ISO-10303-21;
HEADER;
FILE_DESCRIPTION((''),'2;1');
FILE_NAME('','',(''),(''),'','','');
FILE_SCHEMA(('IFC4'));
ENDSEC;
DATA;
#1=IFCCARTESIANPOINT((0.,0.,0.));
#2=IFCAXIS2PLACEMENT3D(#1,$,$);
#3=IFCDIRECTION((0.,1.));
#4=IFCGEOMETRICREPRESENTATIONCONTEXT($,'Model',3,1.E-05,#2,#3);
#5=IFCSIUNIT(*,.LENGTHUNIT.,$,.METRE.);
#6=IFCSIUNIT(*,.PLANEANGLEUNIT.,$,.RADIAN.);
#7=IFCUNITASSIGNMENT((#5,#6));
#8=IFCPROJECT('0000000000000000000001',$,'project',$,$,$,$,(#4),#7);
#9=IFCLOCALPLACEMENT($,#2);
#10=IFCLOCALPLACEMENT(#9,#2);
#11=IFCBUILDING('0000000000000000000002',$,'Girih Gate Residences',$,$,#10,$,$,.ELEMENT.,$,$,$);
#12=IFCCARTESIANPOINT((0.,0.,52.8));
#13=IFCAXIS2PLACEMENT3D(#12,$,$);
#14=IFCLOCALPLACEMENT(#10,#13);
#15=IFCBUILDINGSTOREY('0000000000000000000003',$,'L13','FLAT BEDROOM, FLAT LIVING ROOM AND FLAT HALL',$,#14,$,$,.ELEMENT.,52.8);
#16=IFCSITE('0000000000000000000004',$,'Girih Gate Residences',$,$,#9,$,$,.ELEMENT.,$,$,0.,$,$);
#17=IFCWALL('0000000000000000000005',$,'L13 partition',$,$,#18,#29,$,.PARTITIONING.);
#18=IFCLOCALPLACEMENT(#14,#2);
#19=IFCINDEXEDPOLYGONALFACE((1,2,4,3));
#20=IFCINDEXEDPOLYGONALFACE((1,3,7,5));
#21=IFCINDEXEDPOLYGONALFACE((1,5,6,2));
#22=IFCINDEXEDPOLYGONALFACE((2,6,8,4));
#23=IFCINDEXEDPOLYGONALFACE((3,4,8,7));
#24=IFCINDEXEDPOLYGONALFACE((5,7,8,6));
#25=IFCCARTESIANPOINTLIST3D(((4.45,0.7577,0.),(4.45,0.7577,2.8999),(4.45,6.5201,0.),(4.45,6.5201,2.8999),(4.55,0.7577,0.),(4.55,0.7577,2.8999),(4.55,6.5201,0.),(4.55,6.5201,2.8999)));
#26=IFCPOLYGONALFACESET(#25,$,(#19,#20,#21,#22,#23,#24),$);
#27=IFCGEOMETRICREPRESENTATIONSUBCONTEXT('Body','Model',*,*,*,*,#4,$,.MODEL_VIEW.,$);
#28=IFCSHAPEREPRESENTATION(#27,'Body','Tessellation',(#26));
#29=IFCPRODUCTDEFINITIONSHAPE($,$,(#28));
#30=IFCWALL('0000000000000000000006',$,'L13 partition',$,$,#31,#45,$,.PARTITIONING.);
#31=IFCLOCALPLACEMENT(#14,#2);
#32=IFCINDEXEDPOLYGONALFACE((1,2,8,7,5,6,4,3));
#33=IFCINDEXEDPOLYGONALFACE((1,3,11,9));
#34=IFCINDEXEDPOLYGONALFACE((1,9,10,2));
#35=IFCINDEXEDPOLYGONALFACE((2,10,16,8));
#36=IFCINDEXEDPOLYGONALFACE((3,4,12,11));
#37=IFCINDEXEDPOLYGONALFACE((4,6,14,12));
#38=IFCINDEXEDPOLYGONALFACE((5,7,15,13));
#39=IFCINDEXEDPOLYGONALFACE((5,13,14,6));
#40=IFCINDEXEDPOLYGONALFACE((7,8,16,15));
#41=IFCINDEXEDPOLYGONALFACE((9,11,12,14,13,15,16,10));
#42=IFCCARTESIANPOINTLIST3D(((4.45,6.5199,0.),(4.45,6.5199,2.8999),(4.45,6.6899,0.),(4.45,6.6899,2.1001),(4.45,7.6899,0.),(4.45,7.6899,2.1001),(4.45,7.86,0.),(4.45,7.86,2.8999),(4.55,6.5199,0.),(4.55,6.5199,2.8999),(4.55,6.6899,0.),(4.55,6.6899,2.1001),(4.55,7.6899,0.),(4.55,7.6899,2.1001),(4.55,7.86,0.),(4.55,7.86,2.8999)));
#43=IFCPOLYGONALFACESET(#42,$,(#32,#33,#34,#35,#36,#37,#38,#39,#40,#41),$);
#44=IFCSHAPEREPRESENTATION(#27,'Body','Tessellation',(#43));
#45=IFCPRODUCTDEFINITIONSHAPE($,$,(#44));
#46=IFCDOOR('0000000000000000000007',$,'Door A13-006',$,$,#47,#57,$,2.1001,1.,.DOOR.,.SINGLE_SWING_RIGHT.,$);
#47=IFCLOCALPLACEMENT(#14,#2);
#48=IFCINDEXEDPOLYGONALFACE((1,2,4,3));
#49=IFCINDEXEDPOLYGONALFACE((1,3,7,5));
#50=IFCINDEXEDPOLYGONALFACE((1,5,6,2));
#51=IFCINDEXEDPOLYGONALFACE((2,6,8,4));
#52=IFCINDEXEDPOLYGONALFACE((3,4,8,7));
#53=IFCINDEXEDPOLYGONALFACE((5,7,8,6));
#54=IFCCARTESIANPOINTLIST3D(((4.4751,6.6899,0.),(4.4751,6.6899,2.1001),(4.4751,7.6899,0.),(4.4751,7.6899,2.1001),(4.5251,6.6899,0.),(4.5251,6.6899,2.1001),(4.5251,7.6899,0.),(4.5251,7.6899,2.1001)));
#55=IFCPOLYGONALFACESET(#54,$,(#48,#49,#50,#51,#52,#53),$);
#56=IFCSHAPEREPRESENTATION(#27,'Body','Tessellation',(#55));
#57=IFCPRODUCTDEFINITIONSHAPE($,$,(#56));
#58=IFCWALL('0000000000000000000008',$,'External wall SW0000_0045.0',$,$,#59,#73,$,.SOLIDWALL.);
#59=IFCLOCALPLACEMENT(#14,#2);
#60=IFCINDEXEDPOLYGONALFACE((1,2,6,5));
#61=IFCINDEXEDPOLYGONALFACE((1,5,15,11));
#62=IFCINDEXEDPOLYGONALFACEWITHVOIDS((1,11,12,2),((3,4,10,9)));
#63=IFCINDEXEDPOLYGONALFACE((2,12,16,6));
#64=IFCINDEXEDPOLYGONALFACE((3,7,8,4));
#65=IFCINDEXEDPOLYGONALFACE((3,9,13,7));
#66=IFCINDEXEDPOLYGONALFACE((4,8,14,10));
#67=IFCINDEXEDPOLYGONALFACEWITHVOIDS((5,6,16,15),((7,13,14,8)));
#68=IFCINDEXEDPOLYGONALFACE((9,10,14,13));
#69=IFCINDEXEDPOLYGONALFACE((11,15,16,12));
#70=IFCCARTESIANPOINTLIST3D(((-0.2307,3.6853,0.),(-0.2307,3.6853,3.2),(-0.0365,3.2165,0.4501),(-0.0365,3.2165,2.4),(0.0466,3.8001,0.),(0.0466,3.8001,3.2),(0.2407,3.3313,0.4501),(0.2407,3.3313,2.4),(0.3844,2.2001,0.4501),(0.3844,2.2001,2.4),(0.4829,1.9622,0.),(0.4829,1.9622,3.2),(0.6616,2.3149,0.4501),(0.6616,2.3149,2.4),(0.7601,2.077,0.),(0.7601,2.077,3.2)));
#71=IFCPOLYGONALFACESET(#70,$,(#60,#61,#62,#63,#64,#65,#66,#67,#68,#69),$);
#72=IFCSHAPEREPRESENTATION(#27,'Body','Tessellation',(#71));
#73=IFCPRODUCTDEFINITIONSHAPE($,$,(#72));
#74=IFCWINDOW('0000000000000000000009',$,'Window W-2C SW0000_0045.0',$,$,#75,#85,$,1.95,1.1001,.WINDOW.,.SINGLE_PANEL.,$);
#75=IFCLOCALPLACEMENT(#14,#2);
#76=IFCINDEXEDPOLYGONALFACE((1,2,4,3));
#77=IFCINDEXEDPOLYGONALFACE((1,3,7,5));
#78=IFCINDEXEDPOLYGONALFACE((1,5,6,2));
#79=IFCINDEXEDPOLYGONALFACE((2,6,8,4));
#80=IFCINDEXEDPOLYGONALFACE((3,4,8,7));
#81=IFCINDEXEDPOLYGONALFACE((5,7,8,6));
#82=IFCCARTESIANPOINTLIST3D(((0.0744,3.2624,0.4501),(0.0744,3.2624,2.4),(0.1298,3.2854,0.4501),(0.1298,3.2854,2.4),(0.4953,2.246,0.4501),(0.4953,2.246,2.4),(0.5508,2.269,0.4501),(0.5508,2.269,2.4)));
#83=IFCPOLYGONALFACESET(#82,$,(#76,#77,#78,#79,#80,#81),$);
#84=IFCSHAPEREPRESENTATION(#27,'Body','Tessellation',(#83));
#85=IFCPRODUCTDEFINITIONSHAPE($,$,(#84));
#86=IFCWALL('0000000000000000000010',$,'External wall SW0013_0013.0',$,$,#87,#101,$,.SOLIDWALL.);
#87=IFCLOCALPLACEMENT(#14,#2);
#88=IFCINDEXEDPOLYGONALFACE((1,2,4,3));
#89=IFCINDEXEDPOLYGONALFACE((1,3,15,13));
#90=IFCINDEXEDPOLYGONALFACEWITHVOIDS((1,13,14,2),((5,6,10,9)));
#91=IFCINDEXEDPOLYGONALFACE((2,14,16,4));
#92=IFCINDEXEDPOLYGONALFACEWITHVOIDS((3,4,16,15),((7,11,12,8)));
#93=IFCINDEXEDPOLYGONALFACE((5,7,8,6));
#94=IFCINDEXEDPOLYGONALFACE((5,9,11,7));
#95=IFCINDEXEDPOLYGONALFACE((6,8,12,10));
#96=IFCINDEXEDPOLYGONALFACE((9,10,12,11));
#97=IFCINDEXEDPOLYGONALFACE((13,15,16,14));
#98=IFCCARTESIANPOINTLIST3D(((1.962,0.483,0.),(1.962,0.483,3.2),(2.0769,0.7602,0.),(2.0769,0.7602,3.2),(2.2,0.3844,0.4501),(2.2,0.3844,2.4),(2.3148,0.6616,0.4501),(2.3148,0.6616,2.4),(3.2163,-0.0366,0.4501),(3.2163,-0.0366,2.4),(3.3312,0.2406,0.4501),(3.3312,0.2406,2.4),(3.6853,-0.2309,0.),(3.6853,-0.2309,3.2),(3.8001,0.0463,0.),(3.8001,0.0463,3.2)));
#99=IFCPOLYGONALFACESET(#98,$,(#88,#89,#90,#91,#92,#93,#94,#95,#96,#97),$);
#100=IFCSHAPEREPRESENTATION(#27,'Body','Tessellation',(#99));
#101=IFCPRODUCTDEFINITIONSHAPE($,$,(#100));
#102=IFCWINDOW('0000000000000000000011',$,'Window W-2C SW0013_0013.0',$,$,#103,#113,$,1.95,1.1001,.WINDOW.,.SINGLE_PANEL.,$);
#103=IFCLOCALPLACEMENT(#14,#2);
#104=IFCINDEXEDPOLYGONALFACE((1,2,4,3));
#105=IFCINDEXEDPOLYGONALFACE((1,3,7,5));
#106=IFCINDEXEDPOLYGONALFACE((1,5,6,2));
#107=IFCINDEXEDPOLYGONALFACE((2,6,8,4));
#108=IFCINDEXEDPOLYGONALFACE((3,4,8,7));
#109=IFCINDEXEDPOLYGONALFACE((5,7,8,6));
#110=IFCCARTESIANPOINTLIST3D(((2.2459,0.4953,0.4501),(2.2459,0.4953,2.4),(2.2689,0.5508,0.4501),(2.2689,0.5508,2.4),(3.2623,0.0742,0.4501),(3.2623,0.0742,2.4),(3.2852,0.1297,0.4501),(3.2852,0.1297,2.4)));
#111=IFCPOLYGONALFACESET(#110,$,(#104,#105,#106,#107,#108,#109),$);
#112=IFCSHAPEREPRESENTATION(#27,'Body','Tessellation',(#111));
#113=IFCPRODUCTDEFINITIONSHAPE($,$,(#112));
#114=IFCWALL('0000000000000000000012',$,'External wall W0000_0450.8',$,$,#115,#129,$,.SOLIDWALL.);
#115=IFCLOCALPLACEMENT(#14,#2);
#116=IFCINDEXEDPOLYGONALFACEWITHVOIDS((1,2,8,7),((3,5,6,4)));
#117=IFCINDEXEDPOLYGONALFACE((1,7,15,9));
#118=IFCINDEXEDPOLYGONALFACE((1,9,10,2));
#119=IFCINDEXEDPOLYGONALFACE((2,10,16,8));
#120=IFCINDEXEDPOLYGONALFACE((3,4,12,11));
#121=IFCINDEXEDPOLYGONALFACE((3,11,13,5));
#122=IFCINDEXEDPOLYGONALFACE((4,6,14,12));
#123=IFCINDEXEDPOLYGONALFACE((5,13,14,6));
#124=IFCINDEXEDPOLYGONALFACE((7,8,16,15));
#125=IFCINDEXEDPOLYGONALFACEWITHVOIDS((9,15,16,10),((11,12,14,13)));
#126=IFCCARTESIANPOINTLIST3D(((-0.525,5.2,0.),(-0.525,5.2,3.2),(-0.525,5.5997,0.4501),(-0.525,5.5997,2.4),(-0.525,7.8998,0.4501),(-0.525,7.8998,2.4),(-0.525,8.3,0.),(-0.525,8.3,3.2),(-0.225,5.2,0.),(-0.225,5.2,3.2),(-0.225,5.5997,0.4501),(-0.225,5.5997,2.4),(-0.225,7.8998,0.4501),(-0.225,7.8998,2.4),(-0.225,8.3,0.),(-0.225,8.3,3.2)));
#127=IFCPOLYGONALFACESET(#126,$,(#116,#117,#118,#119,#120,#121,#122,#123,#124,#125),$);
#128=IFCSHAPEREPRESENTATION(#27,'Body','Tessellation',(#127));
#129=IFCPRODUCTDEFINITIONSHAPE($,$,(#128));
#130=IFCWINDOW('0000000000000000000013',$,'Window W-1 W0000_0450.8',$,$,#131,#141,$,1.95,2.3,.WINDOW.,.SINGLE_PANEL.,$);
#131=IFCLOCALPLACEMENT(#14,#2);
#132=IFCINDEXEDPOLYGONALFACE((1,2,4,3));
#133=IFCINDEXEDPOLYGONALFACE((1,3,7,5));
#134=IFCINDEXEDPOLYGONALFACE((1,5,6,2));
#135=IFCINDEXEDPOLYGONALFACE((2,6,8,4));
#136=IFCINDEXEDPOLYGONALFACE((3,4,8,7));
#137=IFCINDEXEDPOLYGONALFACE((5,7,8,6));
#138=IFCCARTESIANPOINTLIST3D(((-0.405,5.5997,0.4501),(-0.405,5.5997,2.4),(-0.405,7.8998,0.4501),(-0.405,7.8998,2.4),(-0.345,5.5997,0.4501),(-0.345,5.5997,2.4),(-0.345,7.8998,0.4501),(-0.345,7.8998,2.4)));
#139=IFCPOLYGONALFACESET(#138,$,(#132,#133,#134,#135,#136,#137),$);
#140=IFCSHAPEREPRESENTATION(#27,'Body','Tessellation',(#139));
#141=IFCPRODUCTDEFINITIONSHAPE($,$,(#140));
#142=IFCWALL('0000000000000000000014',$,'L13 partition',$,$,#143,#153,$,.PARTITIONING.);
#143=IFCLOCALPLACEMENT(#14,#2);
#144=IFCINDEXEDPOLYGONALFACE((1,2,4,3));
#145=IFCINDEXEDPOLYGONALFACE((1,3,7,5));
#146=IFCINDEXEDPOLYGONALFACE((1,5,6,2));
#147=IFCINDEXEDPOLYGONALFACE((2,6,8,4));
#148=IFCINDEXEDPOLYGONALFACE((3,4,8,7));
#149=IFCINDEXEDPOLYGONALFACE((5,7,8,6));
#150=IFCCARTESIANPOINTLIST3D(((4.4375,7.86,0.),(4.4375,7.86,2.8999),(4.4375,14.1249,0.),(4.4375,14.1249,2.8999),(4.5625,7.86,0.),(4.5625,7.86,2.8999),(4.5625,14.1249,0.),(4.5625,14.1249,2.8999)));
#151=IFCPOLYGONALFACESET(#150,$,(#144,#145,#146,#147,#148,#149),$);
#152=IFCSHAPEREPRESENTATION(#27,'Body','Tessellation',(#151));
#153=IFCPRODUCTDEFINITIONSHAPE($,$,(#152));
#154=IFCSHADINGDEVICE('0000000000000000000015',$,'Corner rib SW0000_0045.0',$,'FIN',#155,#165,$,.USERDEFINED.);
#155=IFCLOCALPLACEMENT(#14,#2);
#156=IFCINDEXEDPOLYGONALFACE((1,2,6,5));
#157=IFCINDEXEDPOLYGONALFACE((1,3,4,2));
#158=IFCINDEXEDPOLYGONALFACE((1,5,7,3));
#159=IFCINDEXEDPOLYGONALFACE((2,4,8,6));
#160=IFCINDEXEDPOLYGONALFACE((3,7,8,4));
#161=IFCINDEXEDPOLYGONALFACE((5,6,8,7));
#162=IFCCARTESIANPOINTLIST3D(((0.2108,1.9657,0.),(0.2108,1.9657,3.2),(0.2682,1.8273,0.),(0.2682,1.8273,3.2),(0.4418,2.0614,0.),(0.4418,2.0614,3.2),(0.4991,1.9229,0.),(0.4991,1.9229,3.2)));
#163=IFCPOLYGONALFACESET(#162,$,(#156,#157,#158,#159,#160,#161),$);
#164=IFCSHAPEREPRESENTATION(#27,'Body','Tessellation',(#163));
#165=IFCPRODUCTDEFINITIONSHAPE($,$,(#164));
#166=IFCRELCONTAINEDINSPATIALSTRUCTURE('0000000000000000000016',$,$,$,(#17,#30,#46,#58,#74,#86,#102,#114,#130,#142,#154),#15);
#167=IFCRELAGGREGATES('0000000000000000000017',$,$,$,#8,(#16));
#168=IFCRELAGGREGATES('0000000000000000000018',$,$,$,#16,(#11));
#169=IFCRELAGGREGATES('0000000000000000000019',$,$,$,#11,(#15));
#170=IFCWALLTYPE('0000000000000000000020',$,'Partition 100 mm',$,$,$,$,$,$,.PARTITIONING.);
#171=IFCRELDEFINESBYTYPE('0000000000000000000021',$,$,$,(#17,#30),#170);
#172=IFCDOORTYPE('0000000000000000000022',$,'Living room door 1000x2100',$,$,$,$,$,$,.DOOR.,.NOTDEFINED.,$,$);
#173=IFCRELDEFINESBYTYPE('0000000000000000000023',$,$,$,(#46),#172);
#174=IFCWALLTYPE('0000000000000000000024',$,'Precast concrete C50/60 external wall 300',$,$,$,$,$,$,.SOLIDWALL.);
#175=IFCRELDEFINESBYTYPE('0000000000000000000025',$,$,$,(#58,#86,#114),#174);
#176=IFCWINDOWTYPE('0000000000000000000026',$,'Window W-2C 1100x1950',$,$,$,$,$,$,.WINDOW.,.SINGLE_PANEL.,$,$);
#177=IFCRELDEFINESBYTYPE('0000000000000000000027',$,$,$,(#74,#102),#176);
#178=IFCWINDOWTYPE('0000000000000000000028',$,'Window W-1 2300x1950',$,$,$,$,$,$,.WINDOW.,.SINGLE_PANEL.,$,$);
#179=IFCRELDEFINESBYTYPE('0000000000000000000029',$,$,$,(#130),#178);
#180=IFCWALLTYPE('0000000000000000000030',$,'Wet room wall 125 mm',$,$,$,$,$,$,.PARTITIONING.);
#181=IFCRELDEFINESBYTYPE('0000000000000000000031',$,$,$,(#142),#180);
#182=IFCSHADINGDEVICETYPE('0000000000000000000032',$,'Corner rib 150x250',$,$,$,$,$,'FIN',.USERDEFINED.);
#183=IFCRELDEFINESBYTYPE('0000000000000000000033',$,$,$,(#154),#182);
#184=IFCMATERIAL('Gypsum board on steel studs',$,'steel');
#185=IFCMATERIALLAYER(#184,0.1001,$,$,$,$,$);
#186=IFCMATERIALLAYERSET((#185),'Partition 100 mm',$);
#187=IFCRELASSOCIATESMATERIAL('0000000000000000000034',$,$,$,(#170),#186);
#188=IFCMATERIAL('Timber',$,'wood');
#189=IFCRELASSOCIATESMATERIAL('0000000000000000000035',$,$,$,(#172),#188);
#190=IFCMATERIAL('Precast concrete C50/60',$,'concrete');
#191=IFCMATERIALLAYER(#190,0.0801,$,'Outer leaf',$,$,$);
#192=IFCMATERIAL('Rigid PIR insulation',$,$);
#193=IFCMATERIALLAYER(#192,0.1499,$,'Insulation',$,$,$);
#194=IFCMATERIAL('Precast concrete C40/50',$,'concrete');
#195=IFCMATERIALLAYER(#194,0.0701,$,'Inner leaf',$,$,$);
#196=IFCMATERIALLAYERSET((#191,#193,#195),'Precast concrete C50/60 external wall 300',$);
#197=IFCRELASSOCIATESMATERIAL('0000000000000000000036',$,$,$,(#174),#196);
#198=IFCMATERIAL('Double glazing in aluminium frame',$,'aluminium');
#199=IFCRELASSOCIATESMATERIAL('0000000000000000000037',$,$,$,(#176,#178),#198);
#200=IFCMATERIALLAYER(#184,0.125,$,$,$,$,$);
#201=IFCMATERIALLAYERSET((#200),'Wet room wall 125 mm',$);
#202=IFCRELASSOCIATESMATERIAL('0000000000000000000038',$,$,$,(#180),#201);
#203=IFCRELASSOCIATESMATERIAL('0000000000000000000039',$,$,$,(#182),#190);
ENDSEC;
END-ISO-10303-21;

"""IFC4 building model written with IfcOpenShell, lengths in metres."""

from ifc_helpers import new_model, si_unit, direction, frame, frame_2d, origin, origin_2d, place, context, subcontext, project, spatial, rectangle, extrude, material, layer, layer_set, type_object, element, fill, save


model = new_model("IFC4")

# Units and contexts
model_context = context("Model", 3, precision=1e-05, world=origin(), true_north=direction((0.0, 1.0)))
body_context = subcontext(model_context, "Body", "Model", "MODEL_VIEW")
ifc_project = project(units=[si_unit("LENGTHUNIT", "METRE"), si_unit("PLANEANGLEUNIT", "RADIAN")], contexts=[model_context])

# Site, building, storey
site_placement = place(None, origin())
site = spatial("IfcSite", under=ifc_project, at=site_placement, Name="Girih Gate Residences", CompositionType="ELEMENT", RefElevation=0.0)
building_placement = place(site_placement, origin())
building = spatial("IfcBuilding", under=site, at=building_placement, Name="Girih Gate Residences", CompositionType="ELEMENT")
storey_placement = place(building_placement, frame((0.0, 0.0, 52.8)))
storey = spatial("IfcBuildingStorey", under=building, at=storey_placement, Name="L13", Description="FLAT BEDROOM, FLAT LIVING ROOM AND FLAT HALL", CompositionType="ELEMENT", Elevation=52.8)

# Wall
ifc_material_1 = material(Name="Gypsum board on steel studs", Category="steel")
ifc_layer_1 = layer(ifc_material_1, 0.1001)
ifc_layer_set_1 = layer_set([ifc_layer_1], Name="Partition 100 mm")
wall_type_1 = type_object("IfcWallType", Name="Partition 100 mm", PredefinedType="PARTITIONING", material=ifc_layer_set_1)
wall_1_placement = place(storey_placement, frame((4.5, 0.7576, 0.0), z_axis=(0.0, 0.0, 1.0), x_axis=(0.0, 1.0, 0.0)))
element("IfcWall", 1, at=wall_1_placement, inside=storey, type_object=wall_type_1, Name="L13 partition", PredefinedType="PARTITIONING", context=body_context, shape_type="SweptSolid", body=[
    extrude(rectangle(XDim=5.7625, YDim=0.1001, at=frame_2d((2.8813, 0.0))), origin(), (0.0, 0.0, 1.0), 2.8999),
])

# Wall, opening, door
wall_2_placement = place(storey_placement, frame((4.5, 6.52, 0.0), z_axis=(0.0, 0.0, 1.0), x_axis=(0.0, 1.0, 0.0)))
wall_2 = element("IfcWall", 2, at=wall_2_placement, inside=storey, type_object=wall_type_1, Name="L13 partition", PredefinedType="PARTITIONING", context=body_context, shape_type="SweptSolid", body=[
    extrude(rectangle(XDim=1.3401, YDim=0.1001, at=frame_2d((0.6699, 0.0))), origin(), (0.0, 0.0, 1.0), 2.8999),
])
opening_1_placement = place(wall_2_placement, frame((0.1699, 0.0, 0.0)))
opening_1 = element("IfcOpeningElement", 3, at=opening_1_placement, cuts=wall_2, PredefinedType="OPENING", context=body_context, shape_type="SweptSolid", body=[
    extrude(rectangle(XDim=1.0, YDim=2.1001, at=frame_2d((0.5, 1.05))), frame((0.0, 0.0601, 0.0), z_axis=(0.0, -1.0, 0.0), x_axis=(1.0, 0.0, 0.0)), (0.0, 0.0, 1.0), 0.1201),
])
ifc_material_2 = material(Name="Timber", Category="wood")
door_type = type_object("IfcDoorType", Name="Living room door 1000x2100", OperationType="NOTDEFINED", PredefinedType="DOOR", material=ifc_material_2)
door_placement = place(opening_1_placement, origin())
door = element("IfcDoor", 4, at=door_placement, inside=storey, type_object=door_type, Name="Door A13-006", OperationType="SINGLE_SWING_RIGHT", OverallHeight=2.1001, OverallWidth=1.0, PredefinedType="DOOR", context=body_context, shape_type="SweptSolid", body=[
    extrude(rectangle(XDim=1.0, YDim=2.1001, at=frame_2d((0.5, 1.05))), frame((0.0, 0.0249, 0.0), z_axis=(0.0, -1.0, 0.0), x_axis=(1.0, 0.0, 0.0)), (0.0, 0.0, 1.0), 0.05),
])
fill(opening_1, door)

# Walls, openings, windows
ifc_material_3 = material(Name="Precast concrete C50/60", Category="concrete")
ifc_layer_2 = layer(ifc_material_3, 0.0801, Name="Outer leaf")
ifc_material_4 = material(Name="Rigid PIR insulation")
ifc_layer_3 = layer(ifc_material_4, 0.1499, Name="Insulation")
ifc_material_5 = material(Name="Precast concrete C40/50", Category="concrete")
ifc_layer_4 = layer(ifc_material_5, 0.0701, Name="Inner leaf")
ifc_layer_set_2 = layer_set([ifc_layer_2, ifc_layer_3, ifc_layer_4], Name="Precast concrete C50/60 external wall 300")
wall_type_2 = type_object("IfcWallType", Name="Precast concrete C50/60 external wall 300", PredefinedType="SOLIDWALL", material=ifc_layer_set_2)
wall_3_placement = place(storey_placement, frame((0.6216, 2.0195, 0.0), z_axis=(0.0, 0.0, 1.0), x_axis=(-0.382625, 0.923904, 0.0)))
wall_3 = element("IfcWall", 5, at=wall_3_placement, inside=storey, type_object=wall_type_2, Name="External wall SW0000_0045.0", PredefinedType="SOLIDWALL", context=body_context, shape_type="SweptSolid", body=[
    extrude(rectangle(XDim=1.865, YDim=0.3, at=frame_2d((0.9326, 0.0))), origin(), (0.0, 0.0, 1.0), 3.2),
])
opening_2_placement = place(wall_3_placement, frame((0.2576, 0.0, 0.45)))
opening_2 = element("IfcOpeningElement", 6, at=opening_2_placement, cuts=wall_3, PredefinedType="OPENING", context=body_context, shape_type="SweptSolid", body=[
    extrude(rectangle(XDim=1.1001, YDim=1.95, at=frame_2d((0.55, 0.9751))), frame((0.0, 0.1599, 0.0), z_axis=(0.0, -1.0, 0.0), x_axis=(1.0, 0.0, 0.0)), (0.0, 0.0, 1.0), 0.3201),
])
ifc_material_6 = material(Name="Double glazing in aluminium frame", Category="aluminium")
window_type_1 = type_object("IfcWindowType", Name="Window W-2C 1100x1950", PartitioningType="SINGLE_PANEL", PredefinedType="WINDOW", material=ifc_material_6)
window_1_placement = place(opening_2_placement, origin())
window_1 = element("IfcWindow", 7, at=window_1_placement, inside=storey, type_object=window_type_1, Name="Window W-2C SW0000_0045.0", OverallHeight=1.95, OverallWidth=1.1001, PartitioningType="SINGLE_PANEL", PredefinedType="WINDOW", context=body_context, shape_type="SweptSolid", body=[
    extrude(rectangle(XDim=1.1001, YDim=1.95, at=frame_2d((0.55, 0.9751))), frame((0.0, 0.03, 0.0), z_axis=(0.0, -1.0, 0.0), x_axis=(1.0, 0.0, 0.0)), (0.0, 0.0, 1.0), 0.0601),
])
fill(opening_2, window_1)
wall_4_placement = place(storey_placement, frame((3.7427, -0.0923, 0.0), z_axis=(0.0, 0.0, 1.0), x_axis=(-0.923857, 0.382737, 0.0)))
wall_4 = element("IfcWall", 8, at=wall_4_placement, inside=storey, type_object=wall_type_2, Name="External wall SW0013_0013.0", PredefinedType="SOLIDWALL", context=body_context, shape_type="SweptSolid", body=[
    extrude(rectangle(XDim=1.8652, YDim=0.3, at=frame_2d((0.9326, 0.0))), origin(), (0.0, 0.0, 1.0), 3.2),
])
opening_3_placement = place(wall_4_placement, frame((0.5076, 0.0, 0.45)))
opening_3 = element("IfcOpeningElement", 9, at=opening_3_placement, cuts=wall_4, PredefinedType="OPENING", context=body_context, shape_type="SweptSolid", body=[
    extrude(rectangle(XDim=1.1001, YDim=1.95, at=frame_2d((0.55, 0.9751))), frame((0.0, 0.1599, 0.0), z_axis=(0.0, -1.0, 0.0), x_axis=(1.0, 0.0, 0.0)), (0.0, 0.0, 1.0), 0.3201),
])
window_2_placement = place(opening_3_placement, origin())
window_2 = element("IfcWindow", 10, at=window_2_placement, inside=storey, type_object=window_type_1, Name="Window W-2C SW0013_0013.0", OverallHeight=1.95, OverallWidth=1.1001, PartitioningType="SINGLE_PANEL", PredefinedType="WINDOW", context=body_context, shape_type="SweptSolid", body=[
    extrude(rectangle(XDim=1.1001, YDim=1.95, at=frame_2d((0.55, 0.9751))), frame((0.0, 0.03, 0.0), z_axis=(0.0, -1.0, 0.0), x_axis=(1.0, 0.0, 0.0)), (0.0, 0.0, 1.0), 0.0601),
])
fill(opening_3, window_2)
wall_5_placement = place(storey_placement, frame((-0.375, 5.2, 0.0), z_axis=(0.0, 0.0, 1.0), x_axis=(0.0, 1.0, 0.0)))
wall_5 = element("IfcWall", 11, at=wall_5_placement, inside=storey, type_object=wall_type_2, Name="External wall W0000_0450.8", PredefinedType="SOLIDWALL", context=body_context, shape_type="SweptSolid", body=[
    extrude(rectangle(XDim=3.1001, YDim=0.3, at=frame_2d((1.55, 0.0))), origin(), (0.0, 0.0, 1.0), 3.2),
])
opening_4_placement = place(wall_5_placement, frame((0.3999, 0.0, 0.45)))
opening_4 = element("IfcOpeningElement", 12, at=opening_4_placement, cuts=wall_5, PredefinedType="OPENING", context=body_context, shape_type="SweptSolid", body=[
    extrude(rectangle(XDim=2.3, YDim=1.95, at=frame_2d((1.1499, 0.9751))), frame((0.0, 0.1599, 0.0), z_axis=(0.0, -1.0, 0.0), x_axis=(1.0, 0.0, 0.0)), (0.0, 0.0, 1.0), 0.3201),
])
window_type_2 = type_object("IfcWindowType", Name="Window W-1 2300x1950", PartitioningType="SINGLE_PANEL", PredefinedType="WINDOW", material=ifc_material_6)
window_3_placement = place(opening_4_placement, origin())
window_3 = element("IfcWindow", 13, at=window_3_placement, inside=storey, type_object=window_type_2, Name="Window W-1 W0000_0450.8", OverallHeight=1.95, OverallWidth=2.3, PartitioningType="SINGLE_PANEL", PredefinedType="WINDOW", context=body_context, shape_type="SweptSolid", body=[
    extrude(rectangle(XDim=2.3, YDim=1.95, at=frame_2d((1.1499, 0.9751))), frame((0.0, 0.03, 0.0), z_axis=(0.0, -1.0, 0.0), x_axis=(1.0, 0.0, 0.0)), (0.0, 0.0, 1.0), 0.0601),
])
fill(opening_4, window_3)

# Wall
ifc_layer_5 = layer(ifc_material_1, 0.125)
ifc_layer_set_3 = layer_set([ifc_layer_5], Name="Wet room wall 125 mm")
wall_type_3 = type_object("IfcWallType", Name="Wet room wall 125 mm", PredefinedType="PARTITIONING", material=ifc_layer_set_3)
wall_6_placement = place(storey_placement, frame((4.5, 7.8601, 0.0), z_axis=(0.0, 0.0, 1.0), x_axis=(0.0, 1.0, 0.0)))
element("IfcWall", 14, at=wall_6_placement, inside=storey, type_object=wall_type_3, Name="L13 partition", PredefinedType="PARTITIONING", context=body_context, shape_type="SweptSolid", body=[
    extrude(rectangle(XDim=6.2649, YDim=0.125, at=frame_2d((3.1323, 0.0))), origin(), (0.0, 0.0, 1.0), 2.8999),
])

# Shading device
shading_device_type = type_object("IfcShadingDeviceType", Name="Corner rib 150x250", ElementType="FIN", PredefinedType="USERDEFINED", material=ifc_material_3)
for number, where, z_axis, x_axis, name in (
    (15, (0.355, 1.9443, 0.0), (0.0, 0.0, 1.0), (0.382683, -0.92388, 0.0), "Corner rib SW0000_0045.0"),
):
    element("IfcShadingDevice", number, at=place(storey_placement, frame(where, z_axis=z_axis, x_axis=x_axis)), inside=storey, type_object=shading_device_type, Name=name, ObjectType="FIN", PredefinedType="USERDEFINED", context=body_context, shape_type="SweptSolid", body=[
        extrude(rectangle(XDim=0.1499, YDim=0.25, at=origin_2d()), origin(), (0.0, 0.0, 1.0), 3.2),
    ])

save(model, "model.ifc")
